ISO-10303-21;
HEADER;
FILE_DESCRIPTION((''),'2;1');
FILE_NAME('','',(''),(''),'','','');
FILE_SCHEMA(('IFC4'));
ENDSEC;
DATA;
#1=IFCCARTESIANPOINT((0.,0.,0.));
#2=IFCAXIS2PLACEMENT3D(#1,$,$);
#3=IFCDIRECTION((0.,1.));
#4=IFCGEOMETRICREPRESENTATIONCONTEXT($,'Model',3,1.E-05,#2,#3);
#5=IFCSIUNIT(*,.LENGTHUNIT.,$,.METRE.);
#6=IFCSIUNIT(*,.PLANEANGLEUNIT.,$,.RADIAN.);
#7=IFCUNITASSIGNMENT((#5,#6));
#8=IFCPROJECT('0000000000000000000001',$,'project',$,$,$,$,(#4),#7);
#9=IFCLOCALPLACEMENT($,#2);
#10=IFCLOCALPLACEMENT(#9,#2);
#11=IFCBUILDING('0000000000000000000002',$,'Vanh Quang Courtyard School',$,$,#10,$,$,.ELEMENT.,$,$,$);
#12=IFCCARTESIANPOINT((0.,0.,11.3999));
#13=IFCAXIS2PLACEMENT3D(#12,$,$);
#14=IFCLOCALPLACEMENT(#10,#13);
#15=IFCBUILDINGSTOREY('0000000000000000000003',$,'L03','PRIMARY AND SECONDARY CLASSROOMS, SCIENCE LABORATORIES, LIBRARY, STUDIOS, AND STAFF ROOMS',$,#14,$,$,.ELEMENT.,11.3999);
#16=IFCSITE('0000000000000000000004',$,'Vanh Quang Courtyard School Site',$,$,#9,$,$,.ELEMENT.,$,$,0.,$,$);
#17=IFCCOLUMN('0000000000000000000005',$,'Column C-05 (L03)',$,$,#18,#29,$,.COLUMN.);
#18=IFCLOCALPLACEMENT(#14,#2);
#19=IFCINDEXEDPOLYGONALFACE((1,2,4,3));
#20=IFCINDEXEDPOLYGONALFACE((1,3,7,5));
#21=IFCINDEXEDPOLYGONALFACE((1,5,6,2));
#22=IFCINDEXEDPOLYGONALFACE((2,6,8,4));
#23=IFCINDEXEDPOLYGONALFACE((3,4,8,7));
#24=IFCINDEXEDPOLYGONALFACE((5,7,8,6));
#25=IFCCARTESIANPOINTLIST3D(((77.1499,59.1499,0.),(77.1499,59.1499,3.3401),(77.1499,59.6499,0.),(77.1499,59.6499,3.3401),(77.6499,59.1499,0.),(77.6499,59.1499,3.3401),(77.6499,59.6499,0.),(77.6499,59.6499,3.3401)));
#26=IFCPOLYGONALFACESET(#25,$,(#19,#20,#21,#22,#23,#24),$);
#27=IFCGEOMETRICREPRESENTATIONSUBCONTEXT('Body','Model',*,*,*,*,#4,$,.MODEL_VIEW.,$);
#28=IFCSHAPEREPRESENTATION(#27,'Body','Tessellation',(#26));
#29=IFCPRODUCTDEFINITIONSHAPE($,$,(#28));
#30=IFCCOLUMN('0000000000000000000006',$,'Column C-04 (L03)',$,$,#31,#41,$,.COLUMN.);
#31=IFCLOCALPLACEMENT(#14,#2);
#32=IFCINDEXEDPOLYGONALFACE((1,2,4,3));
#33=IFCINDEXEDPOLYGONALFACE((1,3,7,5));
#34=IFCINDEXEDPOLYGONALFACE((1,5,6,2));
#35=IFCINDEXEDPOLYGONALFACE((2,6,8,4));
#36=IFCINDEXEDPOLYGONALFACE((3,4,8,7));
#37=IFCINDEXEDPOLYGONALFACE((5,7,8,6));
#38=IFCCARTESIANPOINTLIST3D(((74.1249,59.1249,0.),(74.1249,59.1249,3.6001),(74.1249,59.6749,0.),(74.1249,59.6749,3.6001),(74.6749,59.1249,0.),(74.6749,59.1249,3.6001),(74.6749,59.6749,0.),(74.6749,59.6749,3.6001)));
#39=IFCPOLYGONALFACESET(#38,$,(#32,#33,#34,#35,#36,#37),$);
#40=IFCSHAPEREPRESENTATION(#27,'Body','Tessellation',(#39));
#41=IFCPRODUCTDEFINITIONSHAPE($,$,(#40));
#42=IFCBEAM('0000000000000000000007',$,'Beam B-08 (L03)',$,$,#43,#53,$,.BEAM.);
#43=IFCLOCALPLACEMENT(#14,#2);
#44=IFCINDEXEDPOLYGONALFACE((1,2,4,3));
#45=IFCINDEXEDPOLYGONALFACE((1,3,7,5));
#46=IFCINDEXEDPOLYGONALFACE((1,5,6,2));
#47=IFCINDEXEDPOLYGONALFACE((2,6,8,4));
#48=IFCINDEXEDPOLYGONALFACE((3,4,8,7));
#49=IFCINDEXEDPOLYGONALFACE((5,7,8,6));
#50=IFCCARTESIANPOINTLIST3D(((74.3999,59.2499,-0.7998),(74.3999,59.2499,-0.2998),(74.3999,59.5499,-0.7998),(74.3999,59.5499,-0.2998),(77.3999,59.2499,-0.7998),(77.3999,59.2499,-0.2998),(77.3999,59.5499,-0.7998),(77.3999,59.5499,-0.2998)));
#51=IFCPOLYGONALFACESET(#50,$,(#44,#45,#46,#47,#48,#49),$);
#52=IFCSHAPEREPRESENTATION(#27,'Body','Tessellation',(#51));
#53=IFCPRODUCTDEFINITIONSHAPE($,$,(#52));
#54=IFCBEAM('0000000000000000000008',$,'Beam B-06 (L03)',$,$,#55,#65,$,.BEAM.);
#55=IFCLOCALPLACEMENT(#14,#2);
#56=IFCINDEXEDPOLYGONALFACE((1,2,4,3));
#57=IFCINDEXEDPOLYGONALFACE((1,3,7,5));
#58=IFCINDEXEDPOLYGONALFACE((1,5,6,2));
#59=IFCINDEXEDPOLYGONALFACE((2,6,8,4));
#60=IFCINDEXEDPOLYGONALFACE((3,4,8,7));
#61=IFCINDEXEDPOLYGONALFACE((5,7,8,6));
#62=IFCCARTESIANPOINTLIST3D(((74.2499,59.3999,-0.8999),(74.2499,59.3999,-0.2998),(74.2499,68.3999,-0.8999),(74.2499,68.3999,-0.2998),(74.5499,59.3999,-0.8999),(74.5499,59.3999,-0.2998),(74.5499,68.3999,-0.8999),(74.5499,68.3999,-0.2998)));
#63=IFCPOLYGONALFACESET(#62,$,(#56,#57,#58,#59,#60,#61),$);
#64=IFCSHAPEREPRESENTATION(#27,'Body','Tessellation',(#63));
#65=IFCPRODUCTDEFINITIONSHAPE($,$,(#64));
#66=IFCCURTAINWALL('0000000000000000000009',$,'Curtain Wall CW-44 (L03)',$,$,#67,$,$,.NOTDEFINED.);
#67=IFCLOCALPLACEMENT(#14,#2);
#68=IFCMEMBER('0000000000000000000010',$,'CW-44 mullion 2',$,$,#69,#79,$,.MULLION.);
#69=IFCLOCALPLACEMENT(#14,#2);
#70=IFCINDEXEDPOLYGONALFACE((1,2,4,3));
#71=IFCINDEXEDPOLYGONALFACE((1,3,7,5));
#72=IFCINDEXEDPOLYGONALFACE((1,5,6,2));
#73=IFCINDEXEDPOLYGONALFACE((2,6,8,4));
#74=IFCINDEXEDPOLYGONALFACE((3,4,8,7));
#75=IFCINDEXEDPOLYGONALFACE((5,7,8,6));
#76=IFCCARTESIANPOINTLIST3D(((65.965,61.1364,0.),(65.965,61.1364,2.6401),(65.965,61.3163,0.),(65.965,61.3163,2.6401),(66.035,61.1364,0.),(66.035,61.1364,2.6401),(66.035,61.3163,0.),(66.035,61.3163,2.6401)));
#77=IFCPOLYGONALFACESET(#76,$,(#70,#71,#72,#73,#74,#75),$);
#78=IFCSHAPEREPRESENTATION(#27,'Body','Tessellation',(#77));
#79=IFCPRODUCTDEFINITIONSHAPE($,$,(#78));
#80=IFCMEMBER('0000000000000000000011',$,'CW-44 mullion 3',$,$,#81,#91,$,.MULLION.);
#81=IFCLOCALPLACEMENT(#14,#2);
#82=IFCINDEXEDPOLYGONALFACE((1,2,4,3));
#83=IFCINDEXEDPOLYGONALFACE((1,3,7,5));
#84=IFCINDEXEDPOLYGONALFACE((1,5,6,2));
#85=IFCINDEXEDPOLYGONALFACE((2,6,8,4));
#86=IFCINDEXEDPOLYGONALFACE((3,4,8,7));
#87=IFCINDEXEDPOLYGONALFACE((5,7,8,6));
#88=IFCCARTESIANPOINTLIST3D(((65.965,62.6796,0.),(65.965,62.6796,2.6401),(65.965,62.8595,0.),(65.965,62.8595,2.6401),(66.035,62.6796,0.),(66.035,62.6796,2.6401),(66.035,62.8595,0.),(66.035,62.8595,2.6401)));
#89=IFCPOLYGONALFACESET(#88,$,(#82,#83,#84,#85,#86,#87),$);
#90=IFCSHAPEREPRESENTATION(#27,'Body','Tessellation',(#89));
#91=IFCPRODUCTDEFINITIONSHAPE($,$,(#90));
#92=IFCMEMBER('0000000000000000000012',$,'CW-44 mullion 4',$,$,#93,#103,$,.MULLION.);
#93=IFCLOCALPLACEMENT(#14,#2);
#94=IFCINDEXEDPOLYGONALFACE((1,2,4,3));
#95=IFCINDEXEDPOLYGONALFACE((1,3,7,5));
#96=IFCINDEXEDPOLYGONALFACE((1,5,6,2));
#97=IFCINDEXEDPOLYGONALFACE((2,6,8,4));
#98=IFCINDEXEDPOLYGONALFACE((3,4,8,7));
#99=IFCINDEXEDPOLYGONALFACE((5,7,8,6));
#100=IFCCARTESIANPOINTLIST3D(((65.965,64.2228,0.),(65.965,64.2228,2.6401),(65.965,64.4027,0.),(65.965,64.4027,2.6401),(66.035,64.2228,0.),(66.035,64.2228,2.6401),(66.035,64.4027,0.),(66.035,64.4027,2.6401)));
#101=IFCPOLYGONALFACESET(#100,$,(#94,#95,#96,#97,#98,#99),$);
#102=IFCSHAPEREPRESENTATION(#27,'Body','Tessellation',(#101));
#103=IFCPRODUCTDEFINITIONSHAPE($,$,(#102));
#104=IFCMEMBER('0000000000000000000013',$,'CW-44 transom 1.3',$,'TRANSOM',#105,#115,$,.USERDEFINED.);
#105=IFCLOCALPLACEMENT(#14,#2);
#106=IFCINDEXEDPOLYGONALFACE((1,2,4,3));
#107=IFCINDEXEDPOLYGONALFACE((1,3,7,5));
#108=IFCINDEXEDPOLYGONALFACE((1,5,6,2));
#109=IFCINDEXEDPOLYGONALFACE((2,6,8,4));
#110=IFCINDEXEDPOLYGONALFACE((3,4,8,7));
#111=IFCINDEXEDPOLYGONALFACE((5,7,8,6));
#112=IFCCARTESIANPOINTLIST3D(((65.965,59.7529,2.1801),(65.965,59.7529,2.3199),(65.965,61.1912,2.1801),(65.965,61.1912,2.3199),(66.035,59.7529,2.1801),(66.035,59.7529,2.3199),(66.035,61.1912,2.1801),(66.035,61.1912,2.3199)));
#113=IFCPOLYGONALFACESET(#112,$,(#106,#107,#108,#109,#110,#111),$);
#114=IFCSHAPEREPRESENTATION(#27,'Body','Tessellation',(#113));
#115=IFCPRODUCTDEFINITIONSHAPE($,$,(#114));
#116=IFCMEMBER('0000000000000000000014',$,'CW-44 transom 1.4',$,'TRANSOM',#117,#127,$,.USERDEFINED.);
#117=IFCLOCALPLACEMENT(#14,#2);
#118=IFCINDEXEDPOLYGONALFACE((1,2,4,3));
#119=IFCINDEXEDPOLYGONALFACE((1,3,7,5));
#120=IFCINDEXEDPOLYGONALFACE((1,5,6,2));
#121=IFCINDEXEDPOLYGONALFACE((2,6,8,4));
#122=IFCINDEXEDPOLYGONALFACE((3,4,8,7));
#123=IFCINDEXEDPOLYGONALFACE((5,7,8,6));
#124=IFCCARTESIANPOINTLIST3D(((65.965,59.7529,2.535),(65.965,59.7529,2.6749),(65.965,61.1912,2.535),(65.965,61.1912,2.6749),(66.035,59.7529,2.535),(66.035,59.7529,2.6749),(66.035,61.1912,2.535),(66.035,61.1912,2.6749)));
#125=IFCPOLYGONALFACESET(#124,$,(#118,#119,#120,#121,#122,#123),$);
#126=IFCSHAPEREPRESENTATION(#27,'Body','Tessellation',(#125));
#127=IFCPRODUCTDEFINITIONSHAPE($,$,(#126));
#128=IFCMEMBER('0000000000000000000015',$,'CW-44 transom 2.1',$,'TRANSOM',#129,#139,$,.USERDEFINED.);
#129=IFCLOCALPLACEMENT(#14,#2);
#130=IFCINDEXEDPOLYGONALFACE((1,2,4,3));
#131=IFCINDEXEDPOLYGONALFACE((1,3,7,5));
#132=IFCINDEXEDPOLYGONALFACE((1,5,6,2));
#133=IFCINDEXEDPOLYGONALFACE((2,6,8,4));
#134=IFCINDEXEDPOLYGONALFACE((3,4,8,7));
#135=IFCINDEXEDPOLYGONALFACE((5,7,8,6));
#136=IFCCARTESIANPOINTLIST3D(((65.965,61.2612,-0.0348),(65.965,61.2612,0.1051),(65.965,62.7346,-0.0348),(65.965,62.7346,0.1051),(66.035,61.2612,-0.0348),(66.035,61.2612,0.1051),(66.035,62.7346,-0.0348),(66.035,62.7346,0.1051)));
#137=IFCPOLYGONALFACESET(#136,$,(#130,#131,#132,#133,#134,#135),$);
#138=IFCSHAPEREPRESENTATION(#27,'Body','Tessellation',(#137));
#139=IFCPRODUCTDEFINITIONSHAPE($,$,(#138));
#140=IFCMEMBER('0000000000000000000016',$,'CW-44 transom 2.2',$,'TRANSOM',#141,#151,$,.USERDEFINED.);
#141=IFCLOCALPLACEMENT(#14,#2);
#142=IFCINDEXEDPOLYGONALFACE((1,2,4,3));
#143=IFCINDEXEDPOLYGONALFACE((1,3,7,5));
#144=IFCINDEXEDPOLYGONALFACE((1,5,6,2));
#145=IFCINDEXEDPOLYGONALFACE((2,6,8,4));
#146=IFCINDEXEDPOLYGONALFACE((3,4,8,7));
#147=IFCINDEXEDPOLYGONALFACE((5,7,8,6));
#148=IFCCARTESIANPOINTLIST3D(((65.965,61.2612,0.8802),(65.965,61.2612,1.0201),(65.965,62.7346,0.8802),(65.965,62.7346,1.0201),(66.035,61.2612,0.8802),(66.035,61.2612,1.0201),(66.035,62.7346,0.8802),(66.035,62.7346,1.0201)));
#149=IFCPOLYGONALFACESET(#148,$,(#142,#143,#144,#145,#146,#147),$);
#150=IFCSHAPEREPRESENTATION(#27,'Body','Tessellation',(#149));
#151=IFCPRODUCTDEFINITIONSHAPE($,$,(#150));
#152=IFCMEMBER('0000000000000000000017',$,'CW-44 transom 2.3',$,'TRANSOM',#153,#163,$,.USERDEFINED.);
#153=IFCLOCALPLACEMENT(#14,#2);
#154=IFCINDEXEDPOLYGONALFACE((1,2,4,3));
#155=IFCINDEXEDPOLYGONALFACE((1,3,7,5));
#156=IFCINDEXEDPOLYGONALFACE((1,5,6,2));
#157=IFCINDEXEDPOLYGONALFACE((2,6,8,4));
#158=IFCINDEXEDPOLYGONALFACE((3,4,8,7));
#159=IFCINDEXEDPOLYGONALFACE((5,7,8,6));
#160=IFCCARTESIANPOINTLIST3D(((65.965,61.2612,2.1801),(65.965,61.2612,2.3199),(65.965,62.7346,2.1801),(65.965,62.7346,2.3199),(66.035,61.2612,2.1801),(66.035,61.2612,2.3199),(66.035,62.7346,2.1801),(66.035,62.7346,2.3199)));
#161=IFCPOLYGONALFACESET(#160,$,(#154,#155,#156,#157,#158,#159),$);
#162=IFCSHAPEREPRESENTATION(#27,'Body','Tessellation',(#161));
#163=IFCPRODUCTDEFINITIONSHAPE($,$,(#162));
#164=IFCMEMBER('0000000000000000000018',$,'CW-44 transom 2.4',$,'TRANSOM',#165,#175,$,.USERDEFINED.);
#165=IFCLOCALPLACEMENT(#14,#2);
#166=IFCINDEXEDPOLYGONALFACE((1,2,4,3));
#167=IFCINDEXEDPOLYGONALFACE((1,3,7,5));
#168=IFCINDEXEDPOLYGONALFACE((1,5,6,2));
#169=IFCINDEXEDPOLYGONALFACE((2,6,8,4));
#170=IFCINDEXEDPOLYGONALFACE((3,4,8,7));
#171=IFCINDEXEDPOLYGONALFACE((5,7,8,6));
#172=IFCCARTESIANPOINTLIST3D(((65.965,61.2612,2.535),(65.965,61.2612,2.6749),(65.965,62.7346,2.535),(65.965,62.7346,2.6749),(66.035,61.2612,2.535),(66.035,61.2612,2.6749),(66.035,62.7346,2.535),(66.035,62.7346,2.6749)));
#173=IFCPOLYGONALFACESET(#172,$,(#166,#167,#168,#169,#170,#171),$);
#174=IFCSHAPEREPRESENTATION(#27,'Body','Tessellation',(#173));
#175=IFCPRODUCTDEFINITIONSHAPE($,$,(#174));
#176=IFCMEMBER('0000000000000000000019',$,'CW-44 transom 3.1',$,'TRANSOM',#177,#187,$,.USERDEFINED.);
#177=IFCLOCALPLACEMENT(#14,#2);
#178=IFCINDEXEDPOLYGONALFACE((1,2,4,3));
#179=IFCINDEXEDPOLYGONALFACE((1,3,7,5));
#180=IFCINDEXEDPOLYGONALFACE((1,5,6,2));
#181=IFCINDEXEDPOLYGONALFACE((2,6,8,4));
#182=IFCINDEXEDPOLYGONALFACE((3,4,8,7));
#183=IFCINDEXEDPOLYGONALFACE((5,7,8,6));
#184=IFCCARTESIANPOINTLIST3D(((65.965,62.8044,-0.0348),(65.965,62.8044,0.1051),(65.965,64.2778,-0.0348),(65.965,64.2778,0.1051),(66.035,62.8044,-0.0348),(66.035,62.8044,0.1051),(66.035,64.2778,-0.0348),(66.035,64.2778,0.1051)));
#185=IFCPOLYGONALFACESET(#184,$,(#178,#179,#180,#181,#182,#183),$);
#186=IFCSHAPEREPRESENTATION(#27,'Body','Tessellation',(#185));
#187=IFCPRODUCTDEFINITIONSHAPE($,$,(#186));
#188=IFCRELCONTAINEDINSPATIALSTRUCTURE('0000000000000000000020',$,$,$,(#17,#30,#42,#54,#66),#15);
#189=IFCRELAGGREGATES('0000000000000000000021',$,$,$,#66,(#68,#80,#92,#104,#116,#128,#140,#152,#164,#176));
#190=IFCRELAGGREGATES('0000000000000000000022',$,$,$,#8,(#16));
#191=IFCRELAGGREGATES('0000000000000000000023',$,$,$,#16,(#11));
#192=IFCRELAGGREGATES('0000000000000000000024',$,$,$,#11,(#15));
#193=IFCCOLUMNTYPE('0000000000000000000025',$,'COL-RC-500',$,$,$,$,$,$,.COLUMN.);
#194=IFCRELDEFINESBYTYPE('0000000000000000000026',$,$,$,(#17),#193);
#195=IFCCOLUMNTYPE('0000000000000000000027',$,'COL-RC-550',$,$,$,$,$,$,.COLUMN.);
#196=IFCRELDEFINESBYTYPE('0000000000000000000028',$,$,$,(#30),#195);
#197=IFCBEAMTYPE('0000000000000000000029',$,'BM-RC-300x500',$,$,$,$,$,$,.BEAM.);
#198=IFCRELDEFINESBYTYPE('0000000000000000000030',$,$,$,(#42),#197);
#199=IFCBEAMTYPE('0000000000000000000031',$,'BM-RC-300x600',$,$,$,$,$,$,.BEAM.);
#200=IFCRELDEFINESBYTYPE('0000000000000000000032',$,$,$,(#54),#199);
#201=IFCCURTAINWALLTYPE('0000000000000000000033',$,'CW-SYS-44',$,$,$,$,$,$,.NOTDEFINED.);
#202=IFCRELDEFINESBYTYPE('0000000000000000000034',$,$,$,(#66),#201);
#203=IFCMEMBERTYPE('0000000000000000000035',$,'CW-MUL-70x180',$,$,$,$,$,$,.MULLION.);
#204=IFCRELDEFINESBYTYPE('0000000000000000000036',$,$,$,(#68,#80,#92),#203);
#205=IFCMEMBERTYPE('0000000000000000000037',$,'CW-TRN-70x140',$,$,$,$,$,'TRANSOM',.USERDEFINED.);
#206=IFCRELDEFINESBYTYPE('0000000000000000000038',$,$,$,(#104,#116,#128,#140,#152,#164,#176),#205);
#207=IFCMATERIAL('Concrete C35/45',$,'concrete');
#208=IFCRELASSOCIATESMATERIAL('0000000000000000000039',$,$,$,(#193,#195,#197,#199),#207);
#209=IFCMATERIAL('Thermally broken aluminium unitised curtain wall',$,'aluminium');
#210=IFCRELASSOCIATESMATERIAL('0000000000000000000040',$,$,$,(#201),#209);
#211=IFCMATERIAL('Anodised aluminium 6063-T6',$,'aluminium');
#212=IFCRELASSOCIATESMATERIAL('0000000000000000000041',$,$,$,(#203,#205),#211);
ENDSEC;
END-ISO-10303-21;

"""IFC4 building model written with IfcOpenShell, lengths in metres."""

from ifc_helpers import new_model, si_unit, direction, frame, origin, origin_2d, place, context, subcontext, project, spatial, rectangle, extrude, material, material_profile, profile_set, type_object, element, aggregate, save


model = new_model("IFC4")

# Units and contexts
model_context = context("Model", 3, precision=1e-05, world=origin(), true_north=direction((0.0, 1.0)))
body_context = subcontext(model_context, "Body", "Model", "MODEL_VIEW")
ifc_project = project(units=[si_unit("LENGTHUNIT", "METRE"), si_unit("PLANEANGLEUNIT", "RADIAN")], contexts=[model_context])

# Site, building, storey
site_placement = place(None, origin())
site = spatial("IfcSite", under=ifc_project, at=site_placement, Name="Vanh Quang Courtyard School Site", CompositionType="ELEMENT", RefElevation=0.0)
building_placement = place(site_placement, origin())
building = spatial("IfcBuilding", under=site, at=building_placement, Name="Vanh Quang Courtyard School", CompositionType="ELEMENT")
storey_placement = place(building_placement, frame((0.0, 0.0, 11.3999)))
storey = spatial("IfcBuildingStorey", under=building, at=storey_placement, Name="L03", Description="PRIMARY AND SECONDARY CLASSROOMS, SCIENCE LABORATORIES, LIBRARY, STUDIOS, AND STAFF ROOMS", CompositionType="ELEMENT", Elevation=11.3999)

# Columns
ifc_material_1 = material(Name="Concrete C35/45", Category="concrete")
ifc_material_profile_1 = material_profile(ifc_material_1, rectangle(XDim=0.5, YDim=0.5, at=origin_2d()), Name="RC-COL 500x500")
ifc_profile_set_1 = profile_set([ifc_material_profile_1], Name="Concrete C35/45")
column_type_1 = type_object("IfcColumnType", Name="COL-RC-500", PredefinedType="COLUMN", material=ifc_profile_set_1)
column_1_placement = place(storey_placement, frame((77.3999, 59.3999, 0.0), z_axis=(0.0, 0.0, 1.0), x_axis=(1.0, 0.0, 0.0)))
element("IfcColumn", 1, at=column_1_placement, inside=storey, type_object=column_type_1, Name="Column C-05 (L03)", PredefinedType="COLUMN", context=body_context, shape_type="SweptSolid", body=[
    extrude(rectangle(XDim=0.5, YDim=0.5, at=origin_2d()), origin(), (0.0, 0.0, 1.0), 3.3401),
])
ifc_material_profile_2 = material_profile(ifc_material_1, rectangle(XDim=0.55, YDim=0.55, at=origin_2d()), Name="RC-COL 550x550")
ifc_profile_set_2 = profile_set([ifc_material_profile_2], Name="Concrete C35/45")
column_type_2 = type_object("IfcColumnType", Name="COL-RC-550", PredefinedType="COLUMN", material=ifc_profile_set_2)
column_2_placement = place(storey_placement, frame((74.3999, 59.3999, 0.0), z_axis=(0.0, 0.0, 1.0), x_axis=(1.0, 0.0, 0.0)))
element("IfcColumn", 2, at=column_2_placement, inside=storey, type_object=column_type_2, Name="Column C-04 (L03)", PredefinedType="COLUMN", context=body_context, shape_type="SweptSolid", body=[
    extrude(rectangle(XDim=0.55, YDim=0.55, at=origin_2d()), origin(), (0.0, 0.0, 1.0), 3.6001),
])

# Beams
ifc_material_profile_3 = material_profile(ifc_material_1, rectangle(XDim=0.3, YDim=0.5, at=origin_2d()), Name="RC-BM 300x500")
ifc_profile_set_3 = profile_set([ifc_material_profile_3], Name="Concrete C35/45")
beam_type_1 = type_object("IfcBeamType", Name="BM-RC-300x500", PredefinedType="BEAM", material=ifc_profile_set_3)
beam_1_placement = place(storey_placement, frame((74.3999, 59.3999, -0.5498), z_axis=(1.0, 0.0, 0.0), x_axis=(0.0, 1.0, 0.0)))
element("IfcBeam", 3, at=beam_1_placement, inside=storey, type_object=beam_type_1, Name="Beam B-08 (L03)", PredefinedType="BEAM", context=body_context, shape_type="SweptSolid", body=[
    extrude(rectangle(XDim=0.3, YDim=0.5, at=origin_2d()), origin(), (0.0, 0.0, 1.0), 3.0),
])
ifc_material_profile_4 = material_profile(ifc_material_1, rectangle(XDim=0.3, YDim=0.6001, at=origin_2d()), Name="RC-BM 300x600")
ifc_profile_set_4 = profile_set([ifc_material_profile_4], Name="Concrete C35/45")
beam_type_2 = type_object("IfcBeamType", Name="BM-RC-300x600", PredefinedType="BEAM", material=ifc_profile_set_4)
beam_2_placement = place(storey_placement, frame((74.3999, 59.3999, -0.5999), z_axis=(0.0, 1.0, 0.0), x_axis=(-1.0, 0.0, 0.0)))
element("IfcBeam", 4, at=beam_2_placement, inside=storey, type_object=beam_type_2, Name="Beam B-06 (L03)", PredefinedType="BEAM", context=body_context, shape_type="SweptSolid", body=[
    extrude(rectangle(XDim=0.3, YDim=0.6001, at=origin_2d()), origin(), (0.0, 0.0, 1.0), 9.0),
])

# Curtain wall, members
ifc_material_2 = material(Name="Thermally broken aluminium unitised curtain wall", Category="aluminium")
curtain_wall_type = type_object("IfcCurtainWallType", Name="CW-SYS-44", PredefinedType="NOTDEFINED", material=ifc_material_2)
curtain_wall_placement = place(storey_placement, origin())
curtain_wall = element("IfcCurtainWall", 5, at=curtain_wall_placement, inside=storey, type_object=curtain_wall_type, Name="Curtain Wall CW-44 (L03)", PredefinedType="NOTDEFINED")
ifc_material_3 = material(Name="Anodised aluminium 6063-T6", Category="aluminium")
ifc_material_profile_5 = material_profile(ifc_material_3, rectangle(XDim=0.0701, YDim=0.1799, at=origin_2d()), Name="ALU-MUL 70x180")
ifc_profile_set_5 = profile_set([ifc_material_profile_5], Name="Anodised aluminium 6063-T6")
member_type_1 = type_object("IfcMemberType", Name="CW-MUL-70x180", PredefinedType="MULLION", material=ifc_profile_set_5)
member_1_placement = place(storey_placement, frame((66.0, 61.2263, 0.0), z_axis=(0.0, 0.0, 1.0), x_axis=(-1.0, 0.0, 0.0)))
member_1 = element("IfcMember", 6, at=member_1_placement, type_object=member_type_1, Name="CW-44 mullion 2", PredefinedType="MULLION", context=body_context, shape_type="SweptSolid", body=[
    extrude(rectangle(XDim=0.0701, YDim=0.1799, at=origin_2d()), origin(), (0.0, 0.0, 1.0), 2.6401),
])
member_2_placement = place(storey_placement, frame((66.0, 62.7695, 0.0), z_axis=(0.0, 0.0, 1.0), x_axis=(-1.0, 0.0, 0.0)))
member_2 = element("IfcMember", 7, at=member_2_placement, type_object=member_type_1, Name="CW-44 mullion 3", PredefinedType="MULLION", context=body_context, shape_type="SweptSolid", body=[
    extrude(rectangle(XDim=0.0701, YDim=0.1799, at=origin_2d()), origin(), (0.0, 0.0, 1.0), 2.6401),
])
member_3_placement = place(storey_placement, frame((66.0, 64.3127, 0.0), z_axis=(0.0, 0.0, 1.0), x_axis=(-1.0, 0.0, 0.0)))
member_3 = element("IfcMember", 8, at=member_3_placement, type_object=member_type_1, Name="CW-44 mullion 4", PredefinedType="MULLION", context=body_context, shape_type="SweptSolid", body=[
    extrude(rectangle(XDim=0.0701, YDim=0.1799, at=origin_2d()), origin(), (0.0, 0.0, 1.0), 2.6401),
])
ifc_material_profile_6 = material_profile(ifc_material_3, rectangle(XDim=0.0701, YDim=0.1399, at=origin_2d()), Name="ALU-TRN 70x140")
ifc_profile_set_6 = profile_set([ifc_material_profile_6], Name="Anodised aluminium 6063-T6")
member_type_2 = type_object("IfcMemberType", Name="CW-TRN-70x140", ElementType="TRANSOM", PredefinedType="USERDEFINED", material=ifc_profile_set_6)
member_4_placement = place(storey_placement, frame((66.0, 59.7529, 2.25), z_axis=(0.0, 1.0, 0.0), x_axis=(-1.0, 0.0, 0.0)))
member_4 = element("IfcMember", 9, at=member_4_placement, type_object=member_type_2, Name="CW-44 transom 1.3", ObjectType="TRANSOM", PredefinedType="USERDEFINED", context=body_context, shape_type="SweptSolid", body=[
    extrude(rectangle(XDim=0.0701, YDim=0.1399, at=origin_2d()), origin(), (0.0, 0.0, 1.0), 1.4382),
])
member_5_placement = place(storey_placement, frame((66.0, 59.7529, 2.605), z_axis=(0.0, 1.0, 0.0), x_axis=(-1.0, 0.0, 0.0)))
member_5 = element("IfcMember", 10, at=member_5_placement, type_object=member_type_2, Name="CW-44 transom 1.4", ObjectType="TRANSOM", PredefinedType="USERDEFINED", context=body_context, shape_type="SweptSolid", body=[
    extrude(rectangle(XDim=0.0701, YDim=0.1399, at=origin_2d()), origin(), (0.0, 0.0, 1.0), 1.4382),
])
member_6_placement = place(storey_placement, frame((66.0, 61.2612, 0.0352), z_axis=(0.0, 1.0, 0.0), x_axis=(-1.0, 0.0, 0.0)))
member_6 = element("IfcMember", 11, at=member_6_placement, type_object=member_type_2, Name="CW-44 transom 2.1", ObjectType="TRANSOM", PredefinedType="USERDEFINED", context=body_context, shape_type="SweptSolid", body=[
    extrude(rectangle(XDim=0.0701, YDim=0.1399, at=origin_2d()), origin(), (0.0, 0.0, 1.0), 1.4734),
])
member_7_placement = place(storey_placement, frame((66.0, 61.2612, 0.9502), z_axis=(0.0, 1.0, 0.0), x_axis=(-1.0, 0.0, 0.0)))
member_7 = element("IfcMember", 12, at=member_7_placement, type_object=member_type_2, Name="CW-44 transom 2.2", ObjectType="TRANSOM", PredefinedType="USERDEFINED", context=body_context, shape_type="SweptSolid", body=[
    extrude(rectangle(XDim=0.0701, YDim=0.1399, at=origin_2d()), origin(), (0.0, 0.0, 1.0), 1.4734),
])
member_8_placement = place(storey_placement, frame((66.0, 61.2612, 2.25), z_axis=(0.0, 1.0, 0.0), x_axis=(-1.0, 0.0, 0.0)))
member_8 = element("IfcMember", 13, at=member_8_placement, type_object=member_type_2, Name="CW-44 transom 2.3", ObjectType="TRANSOM", PredefinedType="USERDEFINED", context=body_context, shape_type="SweptSolid", body=[
    extrude(rectangle(XDim=0.0701, YDim=0.1399, at=origin_2d()), origin(), (0.0, 0.0, 1.0), 1.4734),
])
member_9_placement = place(storey_placement, frame((66.0, 61.2612, 2.605), z_axis=(0.0, 1.0, 0.0), x_axis=(-1.0, 0.0, 0.0)))
member_9 = element("IfcMember", 14, at=member_9_placement, type_object=member_type_2, Name="CW-44 transom 2.4", ObjectType="TRANSOM", PredefinedType="USERDEFINED", context=body_context, shape_type="SweptSolid", body=[
    extrude(rectangle(XDim=0.0701, YDim=0.1399, at=origin_2d()), origin(), (0.0, 0.0, 1.0), 1.4734),
])
member_10_placement = place(storey_placement, frame((66.0, 62.8044, 0.0352), z_axis=(0.0, 1.0, 0.0), x_axis=(-1.0, 0.0, 0.0)))
member_10 = element("IfcMember", 15, at=member_10_placement, type_object=member_type_2, Name="CW-44 transom 3.1", ObjectType="TRANSOM", PredefinedType="USERDEFINED", context=body_context, shape_type="SweptSolid", body=[
    extrude(rectangle(XDim=0.0701, YDim=0.1399, at=origin_2d()), origin(), (0.0, 0.0, 1.0), 1.4734),
])

aggregate(curtain_wall, [member_1, member_2, member_3, member_4, member_5, member_6, member_7, member_8, member_9, member_10])

save(model, "model.ifc")
